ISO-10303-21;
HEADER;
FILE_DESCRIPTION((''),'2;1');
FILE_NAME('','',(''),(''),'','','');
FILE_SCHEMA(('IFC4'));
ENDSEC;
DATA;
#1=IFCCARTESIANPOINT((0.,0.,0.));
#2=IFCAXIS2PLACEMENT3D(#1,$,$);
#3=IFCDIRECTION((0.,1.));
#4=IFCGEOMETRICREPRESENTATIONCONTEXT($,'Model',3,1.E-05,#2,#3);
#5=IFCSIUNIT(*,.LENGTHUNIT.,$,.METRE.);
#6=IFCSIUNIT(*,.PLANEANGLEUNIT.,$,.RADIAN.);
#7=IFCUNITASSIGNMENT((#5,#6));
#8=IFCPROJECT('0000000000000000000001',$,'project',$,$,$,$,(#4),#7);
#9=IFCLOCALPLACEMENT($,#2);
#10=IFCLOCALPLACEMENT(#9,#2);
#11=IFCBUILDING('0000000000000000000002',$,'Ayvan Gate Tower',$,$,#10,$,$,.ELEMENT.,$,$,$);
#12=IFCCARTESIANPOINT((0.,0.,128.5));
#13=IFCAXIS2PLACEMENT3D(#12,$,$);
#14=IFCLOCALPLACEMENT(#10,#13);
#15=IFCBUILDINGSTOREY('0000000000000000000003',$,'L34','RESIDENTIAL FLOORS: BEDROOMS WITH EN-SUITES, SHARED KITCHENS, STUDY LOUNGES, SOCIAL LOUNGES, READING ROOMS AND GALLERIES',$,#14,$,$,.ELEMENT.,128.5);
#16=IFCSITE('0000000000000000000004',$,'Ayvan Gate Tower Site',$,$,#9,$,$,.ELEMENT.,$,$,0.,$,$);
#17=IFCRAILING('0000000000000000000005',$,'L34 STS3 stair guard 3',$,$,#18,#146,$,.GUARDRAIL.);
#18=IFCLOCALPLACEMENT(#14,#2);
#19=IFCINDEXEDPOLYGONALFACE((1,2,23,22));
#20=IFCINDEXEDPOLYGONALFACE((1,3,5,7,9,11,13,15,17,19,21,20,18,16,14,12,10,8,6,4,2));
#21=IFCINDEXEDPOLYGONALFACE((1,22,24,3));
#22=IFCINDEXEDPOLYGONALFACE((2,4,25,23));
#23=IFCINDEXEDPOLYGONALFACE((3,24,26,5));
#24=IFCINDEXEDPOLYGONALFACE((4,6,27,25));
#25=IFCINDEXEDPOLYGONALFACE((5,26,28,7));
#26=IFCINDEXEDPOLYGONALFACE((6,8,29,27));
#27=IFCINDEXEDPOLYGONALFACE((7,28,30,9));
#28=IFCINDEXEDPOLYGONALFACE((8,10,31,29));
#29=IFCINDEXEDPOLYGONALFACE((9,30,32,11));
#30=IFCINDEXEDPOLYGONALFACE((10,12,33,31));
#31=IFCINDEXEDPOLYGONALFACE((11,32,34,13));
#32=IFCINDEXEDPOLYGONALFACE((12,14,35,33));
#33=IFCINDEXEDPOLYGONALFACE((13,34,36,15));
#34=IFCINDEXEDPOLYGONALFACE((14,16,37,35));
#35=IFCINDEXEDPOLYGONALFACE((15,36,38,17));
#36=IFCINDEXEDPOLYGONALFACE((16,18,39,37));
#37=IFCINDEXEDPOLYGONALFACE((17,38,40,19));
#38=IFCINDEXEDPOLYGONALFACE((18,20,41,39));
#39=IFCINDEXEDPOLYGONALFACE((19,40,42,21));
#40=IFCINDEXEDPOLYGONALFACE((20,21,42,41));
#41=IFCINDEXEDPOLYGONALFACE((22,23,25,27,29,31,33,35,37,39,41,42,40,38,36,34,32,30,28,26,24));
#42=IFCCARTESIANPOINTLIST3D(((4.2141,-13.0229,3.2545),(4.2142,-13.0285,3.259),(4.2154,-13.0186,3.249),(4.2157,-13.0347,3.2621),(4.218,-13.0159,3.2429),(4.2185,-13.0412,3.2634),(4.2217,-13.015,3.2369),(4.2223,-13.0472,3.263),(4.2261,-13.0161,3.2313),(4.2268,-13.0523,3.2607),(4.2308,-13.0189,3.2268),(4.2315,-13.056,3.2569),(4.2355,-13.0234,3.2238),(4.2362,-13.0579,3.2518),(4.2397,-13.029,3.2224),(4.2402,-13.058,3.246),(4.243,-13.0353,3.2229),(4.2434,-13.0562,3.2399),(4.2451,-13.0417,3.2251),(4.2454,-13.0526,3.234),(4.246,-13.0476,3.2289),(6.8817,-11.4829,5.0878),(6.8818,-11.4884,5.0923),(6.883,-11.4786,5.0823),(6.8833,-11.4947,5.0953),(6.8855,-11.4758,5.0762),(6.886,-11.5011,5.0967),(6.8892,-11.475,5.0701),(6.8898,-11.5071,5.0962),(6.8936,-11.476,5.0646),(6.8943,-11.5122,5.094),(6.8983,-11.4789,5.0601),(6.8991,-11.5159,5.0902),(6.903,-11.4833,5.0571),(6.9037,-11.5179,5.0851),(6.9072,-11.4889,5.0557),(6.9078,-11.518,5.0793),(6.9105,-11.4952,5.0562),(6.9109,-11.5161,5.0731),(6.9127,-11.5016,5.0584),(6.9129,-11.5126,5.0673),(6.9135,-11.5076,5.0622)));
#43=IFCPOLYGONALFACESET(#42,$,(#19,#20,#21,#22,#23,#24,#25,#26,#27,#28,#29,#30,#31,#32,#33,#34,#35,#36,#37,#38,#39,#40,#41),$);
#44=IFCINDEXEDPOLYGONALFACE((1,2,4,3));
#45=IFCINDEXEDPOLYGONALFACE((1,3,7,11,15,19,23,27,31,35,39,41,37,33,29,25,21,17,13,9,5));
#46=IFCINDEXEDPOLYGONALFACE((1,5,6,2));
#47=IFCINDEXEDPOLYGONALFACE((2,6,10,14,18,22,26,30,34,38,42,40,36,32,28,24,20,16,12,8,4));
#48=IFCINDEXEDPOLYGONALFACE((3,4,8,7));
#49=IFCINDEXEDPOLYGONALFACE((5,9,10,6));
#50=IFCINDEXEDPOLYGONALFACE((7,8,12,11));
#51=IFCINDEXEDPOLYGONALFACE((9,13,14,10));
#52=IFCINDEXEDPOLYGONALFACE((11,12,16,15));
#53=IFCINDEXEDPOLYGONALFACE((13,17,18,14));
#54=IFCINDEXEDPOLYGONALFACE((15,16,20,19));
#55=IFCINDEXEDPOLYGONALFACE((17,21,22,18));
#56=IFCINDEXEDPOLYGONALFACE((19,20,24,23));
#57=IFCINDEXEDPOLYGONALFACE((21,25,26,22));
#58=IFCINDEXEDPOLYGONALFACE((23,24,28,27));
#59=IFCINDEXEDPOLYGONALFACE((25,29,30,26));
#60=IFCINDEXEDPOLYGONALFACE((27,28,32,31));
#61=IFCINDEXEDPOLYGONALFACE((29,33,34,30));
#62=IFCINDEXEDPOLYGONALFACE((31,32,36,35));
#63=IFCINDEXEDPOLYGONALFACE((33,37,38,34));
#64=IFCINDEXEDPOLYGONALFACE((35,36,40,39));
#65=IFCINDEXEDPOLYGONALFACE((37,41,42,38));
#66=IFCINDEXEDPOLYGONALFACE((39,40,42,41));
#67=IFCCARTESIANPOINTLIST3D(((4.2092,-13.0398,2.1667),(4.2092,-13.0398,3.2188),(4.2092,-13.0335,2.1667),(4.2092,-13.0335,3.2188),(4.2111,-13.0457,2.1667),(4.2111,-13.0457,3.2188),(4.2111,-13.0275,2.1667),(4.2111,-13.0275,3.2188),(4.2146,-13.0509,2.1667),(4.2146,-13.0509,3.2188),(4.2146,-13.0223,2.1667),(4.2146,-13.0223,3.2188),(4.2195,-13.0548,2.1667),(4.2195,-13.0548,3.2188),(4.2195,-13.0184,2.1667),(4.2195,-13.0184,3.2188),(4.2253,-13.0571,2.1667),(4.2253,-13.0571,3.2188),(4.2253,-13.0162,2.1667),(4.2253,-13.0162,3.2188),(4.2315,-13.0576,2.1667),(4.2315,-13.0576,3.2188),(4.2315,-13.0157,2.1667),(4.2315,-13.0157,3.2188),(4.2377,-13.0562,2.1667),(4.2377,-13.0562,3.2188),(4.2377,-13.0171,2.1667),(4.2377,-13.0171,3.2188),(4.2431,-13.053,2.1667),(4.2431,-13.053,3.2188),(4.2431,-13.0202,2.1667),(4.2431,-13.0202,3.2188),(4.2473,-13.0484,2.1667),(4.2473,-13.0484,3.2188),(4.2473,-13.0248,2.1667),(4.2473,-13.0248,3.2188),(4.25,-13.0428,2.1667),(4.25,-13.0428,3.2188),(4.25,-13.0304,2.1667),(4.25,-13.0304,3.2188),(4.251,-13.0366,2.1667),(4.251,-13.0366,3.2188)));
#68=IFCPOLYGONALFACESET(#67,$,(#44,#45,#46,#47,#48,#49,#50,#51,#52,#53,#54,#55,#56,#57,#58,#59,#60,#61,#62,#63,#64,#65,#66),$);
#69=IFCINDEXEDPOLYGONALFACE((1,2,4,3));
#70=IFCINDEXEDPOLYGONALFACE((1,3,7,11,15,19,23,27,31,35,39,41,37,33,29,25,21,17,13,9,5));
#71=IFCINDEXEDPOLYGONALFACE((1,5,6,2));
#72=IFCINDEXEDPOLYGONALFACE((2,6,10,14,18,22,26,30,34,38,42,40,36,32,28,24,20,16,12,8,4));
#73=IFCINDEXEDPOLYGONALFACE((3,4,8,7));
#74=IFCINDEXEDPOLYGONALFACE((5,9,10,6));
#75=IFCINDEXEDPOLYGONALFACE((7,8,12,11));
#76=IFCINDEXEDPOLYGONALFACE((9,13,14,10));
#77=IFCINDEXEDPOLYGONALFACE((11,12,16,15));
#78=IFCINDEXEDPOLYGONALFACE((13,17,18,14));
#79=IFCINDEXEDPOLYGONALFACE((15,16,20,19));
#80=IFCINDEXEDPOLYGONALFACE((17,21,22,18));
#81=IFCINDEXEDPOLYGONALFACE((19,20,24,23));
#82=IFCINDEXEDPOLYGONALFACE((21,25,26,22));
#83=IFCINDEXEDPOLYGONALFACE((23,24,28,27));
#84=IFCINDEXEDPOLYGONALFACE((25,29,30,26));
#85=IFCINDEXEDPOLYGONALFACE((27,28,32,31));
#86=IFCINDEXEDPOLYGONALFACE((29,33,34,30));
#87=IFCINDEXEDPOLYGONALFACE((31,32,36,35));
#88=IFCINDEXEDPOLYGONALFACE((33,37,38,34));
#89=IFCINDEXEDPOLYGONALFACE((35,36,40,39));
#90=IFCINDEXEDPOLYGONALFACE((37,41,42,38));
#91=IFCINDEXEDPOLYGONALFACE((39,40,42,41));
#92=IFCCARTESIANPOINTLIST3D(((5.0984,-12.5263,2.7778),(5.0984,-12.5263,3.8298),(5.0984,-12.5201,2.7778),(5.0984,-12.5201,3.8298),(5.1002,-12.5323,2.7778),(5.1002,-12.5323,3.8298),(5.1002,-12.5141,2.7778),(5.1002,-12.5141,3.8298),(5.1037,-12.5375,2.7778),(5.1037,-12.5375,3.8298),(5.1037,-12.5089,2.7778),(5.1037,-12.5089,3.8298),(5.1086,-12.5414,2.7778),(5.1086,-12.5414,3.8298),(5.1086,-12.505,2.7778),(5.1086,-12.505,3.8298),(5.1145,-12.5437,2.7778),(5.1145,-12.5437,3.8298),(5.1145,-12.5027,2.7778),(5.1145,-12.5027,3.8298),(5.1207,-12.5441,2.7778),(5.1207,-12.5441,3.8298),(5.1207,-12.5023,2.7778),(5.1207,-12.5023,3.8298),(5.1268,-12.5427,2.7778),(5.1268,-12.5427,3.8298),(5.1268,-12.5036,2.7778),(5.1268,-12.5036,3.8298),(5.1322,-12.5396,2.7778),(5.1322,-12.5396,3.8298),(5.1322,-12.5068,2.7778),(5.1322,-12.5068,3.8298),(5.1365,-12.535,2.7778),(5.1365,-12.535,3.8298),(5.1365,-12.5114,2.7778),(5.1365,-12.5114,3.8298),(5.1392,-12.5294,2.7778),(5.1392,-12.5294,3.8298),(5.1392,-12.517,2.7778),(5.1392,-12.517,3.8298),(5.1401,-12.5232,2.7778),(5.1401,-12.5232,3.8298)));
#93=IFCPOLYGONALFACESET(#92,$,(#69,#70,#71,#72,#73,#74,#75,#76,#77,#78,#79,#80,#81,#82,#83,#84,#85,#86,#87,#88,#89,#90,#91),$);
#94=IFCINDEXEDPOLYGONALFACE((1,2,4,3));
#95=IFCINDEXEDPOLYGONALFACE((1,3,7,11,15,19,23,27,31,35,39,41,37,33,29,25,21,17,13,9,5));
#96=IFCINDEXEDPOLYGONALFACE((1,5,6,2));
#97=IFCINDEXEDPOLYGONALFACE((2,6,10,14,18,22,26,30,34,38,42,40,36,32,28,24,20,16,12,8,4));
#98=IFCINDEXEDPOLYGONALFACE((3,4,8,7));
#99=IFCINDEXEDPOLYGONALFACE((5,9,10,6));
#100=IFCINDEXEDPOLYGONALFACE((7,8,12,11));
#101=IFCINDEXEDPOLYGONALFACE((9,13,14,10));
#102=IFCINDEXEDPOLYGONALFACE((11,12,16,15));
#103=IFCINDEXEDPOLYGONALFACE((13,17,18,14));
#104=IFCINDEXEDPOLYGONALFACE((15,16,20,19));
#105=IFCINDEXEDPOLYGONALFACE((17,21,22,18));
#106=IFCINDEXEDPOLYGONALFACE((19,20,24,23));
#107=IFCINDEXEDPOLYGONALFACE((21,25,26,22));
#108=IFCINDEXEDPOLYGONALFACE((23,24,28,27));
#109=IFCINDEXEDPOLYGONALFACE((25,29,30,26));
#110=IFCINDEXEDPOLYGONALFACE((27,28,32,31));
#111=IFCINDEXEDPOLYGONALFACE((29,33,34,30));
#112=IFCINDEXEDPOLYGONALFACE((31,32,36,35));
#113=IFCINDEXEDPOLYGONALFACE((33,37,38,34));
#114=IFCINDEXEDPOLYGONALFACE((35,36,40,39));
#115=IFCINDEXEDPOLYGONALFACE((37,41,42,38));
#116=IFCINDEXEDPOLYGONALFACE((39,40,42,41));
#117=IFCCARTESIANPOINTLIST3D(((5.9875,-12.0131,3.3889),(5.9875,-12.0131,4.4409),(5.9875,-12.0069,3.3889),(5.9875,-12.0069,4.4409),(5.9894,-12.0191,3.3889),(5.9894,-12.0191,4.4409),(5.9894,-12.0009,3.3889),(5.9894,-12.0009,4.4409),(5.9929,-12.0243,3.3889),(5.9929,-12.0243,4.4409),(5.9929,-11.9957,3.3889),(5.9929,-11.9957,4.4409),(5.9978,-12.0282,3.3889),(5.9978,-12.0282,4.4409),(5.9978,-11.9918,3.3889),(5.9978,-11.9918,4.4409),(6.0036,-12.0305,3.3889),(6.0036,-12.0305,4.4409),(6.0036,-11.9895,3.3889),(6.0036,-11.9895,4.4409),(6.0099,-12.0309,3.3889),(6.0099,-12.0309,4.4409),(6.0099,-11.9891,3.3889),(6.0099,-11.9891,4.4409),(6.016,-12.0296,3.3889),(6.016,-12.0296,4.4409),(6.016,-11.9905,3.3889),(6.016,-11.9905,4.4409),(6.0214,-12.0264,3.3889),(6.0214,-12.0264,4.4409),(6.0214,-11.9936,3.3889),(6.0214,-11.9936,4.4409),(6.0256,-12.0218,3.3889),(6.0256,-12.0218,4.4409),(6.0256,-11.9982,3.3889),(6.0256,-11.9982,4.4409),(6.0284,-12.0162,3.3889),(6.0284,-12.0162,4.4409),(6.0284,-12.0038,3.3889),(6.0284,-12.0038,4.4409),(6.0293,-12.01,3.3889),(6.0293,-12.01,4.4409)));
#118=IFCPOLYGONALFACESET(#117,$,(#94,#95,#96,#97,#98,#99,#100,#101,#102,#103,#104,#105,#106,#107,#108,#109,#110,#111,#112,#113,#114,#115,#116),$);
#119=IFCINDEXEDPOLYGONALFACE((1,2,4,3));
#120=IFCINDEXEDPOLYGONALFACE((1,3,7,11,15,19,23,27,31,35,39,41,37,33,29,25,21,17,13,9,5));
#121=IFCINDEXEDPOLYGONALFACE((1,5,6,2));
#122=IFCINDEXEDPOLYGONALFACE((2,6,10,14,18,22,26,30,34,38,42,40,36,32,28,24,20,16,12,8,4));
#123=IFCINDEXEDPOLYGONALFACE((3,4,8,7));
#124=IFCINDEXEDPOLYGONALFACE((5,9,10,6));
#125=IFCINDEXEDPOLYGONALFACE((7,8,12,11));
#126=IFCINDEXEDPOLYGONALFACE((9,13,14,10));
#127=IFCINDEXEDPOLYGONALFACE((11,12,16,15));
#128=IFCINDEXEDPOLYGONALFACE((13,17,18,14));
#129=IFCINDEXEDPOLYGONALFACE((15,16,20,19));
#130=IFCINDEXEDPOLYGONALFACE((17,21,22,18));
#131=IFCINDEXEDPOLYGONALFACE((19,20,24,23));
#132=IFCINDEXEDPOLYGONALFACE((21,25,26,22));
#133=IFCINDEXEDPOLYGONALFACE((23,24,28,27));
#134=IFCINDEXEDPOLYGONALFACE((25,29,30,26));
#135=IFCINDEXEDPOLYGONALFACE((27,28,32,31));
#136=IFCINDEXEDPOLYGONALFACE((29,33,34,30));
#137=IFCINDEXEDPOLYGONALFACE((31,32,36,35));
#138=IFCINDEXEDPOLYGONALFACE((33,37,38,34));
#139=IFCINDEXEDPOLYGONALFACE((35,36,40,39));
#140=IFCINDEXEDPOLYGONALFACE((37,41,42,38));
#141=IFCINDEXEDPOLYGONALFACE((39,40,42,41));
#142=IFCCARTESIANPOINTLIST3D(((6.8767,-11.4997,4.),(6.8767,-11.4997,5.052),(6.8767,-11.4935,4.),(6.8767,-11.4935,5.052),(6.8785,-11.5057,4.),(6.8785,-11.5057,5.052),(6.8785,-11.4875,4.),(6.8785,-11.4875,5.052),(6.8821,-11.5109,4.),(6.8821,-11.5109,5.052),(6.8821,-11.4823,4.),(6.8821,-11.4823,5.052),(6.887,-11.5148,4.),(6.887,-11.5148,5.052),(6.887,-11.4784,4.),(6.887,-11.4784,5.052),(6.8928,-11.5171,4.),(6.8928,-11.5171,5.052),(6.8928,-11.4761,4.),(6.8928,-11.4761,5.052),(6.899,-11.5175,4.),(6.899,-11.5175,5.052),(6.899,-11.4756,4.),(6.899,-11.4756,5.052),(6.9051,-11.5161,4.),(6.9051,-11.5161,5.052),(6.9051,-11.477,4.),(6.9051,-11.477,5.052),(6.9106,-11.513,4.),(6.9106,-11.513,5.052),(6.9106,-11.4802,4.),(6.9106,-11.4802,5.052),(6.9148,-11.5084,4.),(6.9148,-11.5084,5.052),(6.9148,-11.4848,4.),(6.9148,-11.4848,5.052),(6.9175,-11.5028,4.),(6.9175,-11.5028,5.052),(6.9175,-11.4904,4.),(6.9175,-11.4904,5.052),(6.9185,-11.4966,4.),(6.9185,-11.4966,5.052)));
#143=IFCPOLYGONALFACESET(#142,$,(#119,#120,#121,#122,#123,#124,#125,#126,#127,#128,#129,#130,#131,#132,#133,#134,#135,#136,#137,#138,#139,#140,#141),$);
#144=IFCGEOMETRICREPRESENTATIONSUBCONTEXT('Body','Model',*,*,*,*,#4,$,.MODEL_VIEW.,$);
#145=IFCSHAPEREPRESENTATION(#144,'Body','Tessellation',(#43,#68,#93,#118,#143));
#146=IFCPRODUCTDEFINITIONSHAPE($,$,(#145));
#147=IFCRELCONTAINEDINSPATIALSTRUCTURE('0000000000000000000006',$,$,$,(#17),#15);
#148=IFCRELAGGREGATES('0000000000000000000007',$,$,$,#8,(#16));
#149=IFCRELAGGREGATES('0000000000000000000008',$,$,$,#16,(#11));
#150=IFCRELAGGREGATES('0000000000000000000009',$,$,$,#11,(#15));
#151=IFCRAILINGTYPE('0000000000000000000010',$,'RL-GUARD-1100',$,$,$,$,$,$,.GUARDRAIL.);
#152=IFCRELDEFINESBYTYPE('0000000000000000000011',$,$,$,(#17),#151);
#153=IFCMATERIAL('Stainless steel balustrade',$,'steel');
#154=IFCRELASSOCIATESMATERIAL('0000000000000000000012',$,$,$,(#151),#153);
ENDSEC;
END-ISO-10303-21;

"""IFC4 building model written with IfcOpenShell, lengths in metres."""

from ifc_helpers import new_model, si_unit, direction, frame, origin, origin_2d, place, context, subcontext, project, spatial, circle, extrude, material, type_object, element, save


model = new_model("IFC4")

# Units and contexts
model_context = context("Model", 3, precision=1e-05, world=origin(), true_north=direction((0.0, 1.0)))
body_context = subcontext(model_context, "Body", "Model", "MODEL_VIEW")
ifc_project = project(units=[si_unit("LENGTHUNIT", "METRE"), si_unit("PLANEANGLEUNIT", "RADIAN")], contexts=[model_context])

# Site, building, storey
site_placement = place(None, origin())
site = spatial("IfcSite", under=ifc_project, at=site_placement, Name="Ayvan Gate Tower Site", CompositionType="ELEMENT", RefElevation=0.0)
building_placement = place(site_placement, origin())
building = spatial("IfcBuilding", under=site, at=building_placement, Name="Ayvan Gate Tower", CompositionType="ELEMENT")
storey_placement = place(building_placement, frame((0.0, 0.0, 128.5)))
storey = spatial("IfcBuildingStorey", under=building, at=storey_placement, Name="L34", Description="RESIDENTIAL FLOORS: BEDROOMS WITH EN-SUITES, SHARED KITCHENS, STUDY LOUNGES, SOCIAL LOUNGES, READING ROOMS AND GALLERIES", CompositionType="ELEMENT", Elevation=128.5)

# Railing
ifc_material_1 = material(Name="Stainless steel balustrade", Category="steel")
railing_type = type_object("IfcRailingType", Name="RL-GUARD-1100", PredefinedType="GUARDRAIL", material=ifc_material_1)
railing_1_placement = place(storey_placement, frame((4.23, -13.0366, 2.1667)))
element("IfcRailing", 1, at=railing_1_placement, inside=storey, type_object=railing_type, Name="L34 STS3 stair guard 3", PredefinedType="GUARDRAIL", context=body_context, shape_type="SweptSolid", body=[
    extrude(circle(Radius=0.0239, at=origin_2d()), frame((0.0, 0.0, 1.0762), z_axis=(0.74419, 0.429649, 0.511452), x_axis=(-0.499992, 0.86603, 0.0)), (0.0, 0.0, 1.0), 3.5845),
    extrude(circle(Radius=0.021, at=origin_2d()), origin(), (0.0, 0.0, 1.0), 1.052),
    extrude(circle(Radius=0.021, at=origin_2d()), frame((0.8892, 0.5134, 0.6111)), (0.0, 0.0, 1.0), 1.052),
    extrude(circle(Radius=0.021, at=origin_2d()), frame((1.7783, 1.0266, 1.2222)), (0.0, 0.0, 1.0), 1.052),
    extrude(circle(Radius=0.021, at=origin_2d()), frame((2.6675, 1.54, 1.8333)), (0.0, 0.0, 1.0), 1.052),
])

save(model, "model.ifc")
